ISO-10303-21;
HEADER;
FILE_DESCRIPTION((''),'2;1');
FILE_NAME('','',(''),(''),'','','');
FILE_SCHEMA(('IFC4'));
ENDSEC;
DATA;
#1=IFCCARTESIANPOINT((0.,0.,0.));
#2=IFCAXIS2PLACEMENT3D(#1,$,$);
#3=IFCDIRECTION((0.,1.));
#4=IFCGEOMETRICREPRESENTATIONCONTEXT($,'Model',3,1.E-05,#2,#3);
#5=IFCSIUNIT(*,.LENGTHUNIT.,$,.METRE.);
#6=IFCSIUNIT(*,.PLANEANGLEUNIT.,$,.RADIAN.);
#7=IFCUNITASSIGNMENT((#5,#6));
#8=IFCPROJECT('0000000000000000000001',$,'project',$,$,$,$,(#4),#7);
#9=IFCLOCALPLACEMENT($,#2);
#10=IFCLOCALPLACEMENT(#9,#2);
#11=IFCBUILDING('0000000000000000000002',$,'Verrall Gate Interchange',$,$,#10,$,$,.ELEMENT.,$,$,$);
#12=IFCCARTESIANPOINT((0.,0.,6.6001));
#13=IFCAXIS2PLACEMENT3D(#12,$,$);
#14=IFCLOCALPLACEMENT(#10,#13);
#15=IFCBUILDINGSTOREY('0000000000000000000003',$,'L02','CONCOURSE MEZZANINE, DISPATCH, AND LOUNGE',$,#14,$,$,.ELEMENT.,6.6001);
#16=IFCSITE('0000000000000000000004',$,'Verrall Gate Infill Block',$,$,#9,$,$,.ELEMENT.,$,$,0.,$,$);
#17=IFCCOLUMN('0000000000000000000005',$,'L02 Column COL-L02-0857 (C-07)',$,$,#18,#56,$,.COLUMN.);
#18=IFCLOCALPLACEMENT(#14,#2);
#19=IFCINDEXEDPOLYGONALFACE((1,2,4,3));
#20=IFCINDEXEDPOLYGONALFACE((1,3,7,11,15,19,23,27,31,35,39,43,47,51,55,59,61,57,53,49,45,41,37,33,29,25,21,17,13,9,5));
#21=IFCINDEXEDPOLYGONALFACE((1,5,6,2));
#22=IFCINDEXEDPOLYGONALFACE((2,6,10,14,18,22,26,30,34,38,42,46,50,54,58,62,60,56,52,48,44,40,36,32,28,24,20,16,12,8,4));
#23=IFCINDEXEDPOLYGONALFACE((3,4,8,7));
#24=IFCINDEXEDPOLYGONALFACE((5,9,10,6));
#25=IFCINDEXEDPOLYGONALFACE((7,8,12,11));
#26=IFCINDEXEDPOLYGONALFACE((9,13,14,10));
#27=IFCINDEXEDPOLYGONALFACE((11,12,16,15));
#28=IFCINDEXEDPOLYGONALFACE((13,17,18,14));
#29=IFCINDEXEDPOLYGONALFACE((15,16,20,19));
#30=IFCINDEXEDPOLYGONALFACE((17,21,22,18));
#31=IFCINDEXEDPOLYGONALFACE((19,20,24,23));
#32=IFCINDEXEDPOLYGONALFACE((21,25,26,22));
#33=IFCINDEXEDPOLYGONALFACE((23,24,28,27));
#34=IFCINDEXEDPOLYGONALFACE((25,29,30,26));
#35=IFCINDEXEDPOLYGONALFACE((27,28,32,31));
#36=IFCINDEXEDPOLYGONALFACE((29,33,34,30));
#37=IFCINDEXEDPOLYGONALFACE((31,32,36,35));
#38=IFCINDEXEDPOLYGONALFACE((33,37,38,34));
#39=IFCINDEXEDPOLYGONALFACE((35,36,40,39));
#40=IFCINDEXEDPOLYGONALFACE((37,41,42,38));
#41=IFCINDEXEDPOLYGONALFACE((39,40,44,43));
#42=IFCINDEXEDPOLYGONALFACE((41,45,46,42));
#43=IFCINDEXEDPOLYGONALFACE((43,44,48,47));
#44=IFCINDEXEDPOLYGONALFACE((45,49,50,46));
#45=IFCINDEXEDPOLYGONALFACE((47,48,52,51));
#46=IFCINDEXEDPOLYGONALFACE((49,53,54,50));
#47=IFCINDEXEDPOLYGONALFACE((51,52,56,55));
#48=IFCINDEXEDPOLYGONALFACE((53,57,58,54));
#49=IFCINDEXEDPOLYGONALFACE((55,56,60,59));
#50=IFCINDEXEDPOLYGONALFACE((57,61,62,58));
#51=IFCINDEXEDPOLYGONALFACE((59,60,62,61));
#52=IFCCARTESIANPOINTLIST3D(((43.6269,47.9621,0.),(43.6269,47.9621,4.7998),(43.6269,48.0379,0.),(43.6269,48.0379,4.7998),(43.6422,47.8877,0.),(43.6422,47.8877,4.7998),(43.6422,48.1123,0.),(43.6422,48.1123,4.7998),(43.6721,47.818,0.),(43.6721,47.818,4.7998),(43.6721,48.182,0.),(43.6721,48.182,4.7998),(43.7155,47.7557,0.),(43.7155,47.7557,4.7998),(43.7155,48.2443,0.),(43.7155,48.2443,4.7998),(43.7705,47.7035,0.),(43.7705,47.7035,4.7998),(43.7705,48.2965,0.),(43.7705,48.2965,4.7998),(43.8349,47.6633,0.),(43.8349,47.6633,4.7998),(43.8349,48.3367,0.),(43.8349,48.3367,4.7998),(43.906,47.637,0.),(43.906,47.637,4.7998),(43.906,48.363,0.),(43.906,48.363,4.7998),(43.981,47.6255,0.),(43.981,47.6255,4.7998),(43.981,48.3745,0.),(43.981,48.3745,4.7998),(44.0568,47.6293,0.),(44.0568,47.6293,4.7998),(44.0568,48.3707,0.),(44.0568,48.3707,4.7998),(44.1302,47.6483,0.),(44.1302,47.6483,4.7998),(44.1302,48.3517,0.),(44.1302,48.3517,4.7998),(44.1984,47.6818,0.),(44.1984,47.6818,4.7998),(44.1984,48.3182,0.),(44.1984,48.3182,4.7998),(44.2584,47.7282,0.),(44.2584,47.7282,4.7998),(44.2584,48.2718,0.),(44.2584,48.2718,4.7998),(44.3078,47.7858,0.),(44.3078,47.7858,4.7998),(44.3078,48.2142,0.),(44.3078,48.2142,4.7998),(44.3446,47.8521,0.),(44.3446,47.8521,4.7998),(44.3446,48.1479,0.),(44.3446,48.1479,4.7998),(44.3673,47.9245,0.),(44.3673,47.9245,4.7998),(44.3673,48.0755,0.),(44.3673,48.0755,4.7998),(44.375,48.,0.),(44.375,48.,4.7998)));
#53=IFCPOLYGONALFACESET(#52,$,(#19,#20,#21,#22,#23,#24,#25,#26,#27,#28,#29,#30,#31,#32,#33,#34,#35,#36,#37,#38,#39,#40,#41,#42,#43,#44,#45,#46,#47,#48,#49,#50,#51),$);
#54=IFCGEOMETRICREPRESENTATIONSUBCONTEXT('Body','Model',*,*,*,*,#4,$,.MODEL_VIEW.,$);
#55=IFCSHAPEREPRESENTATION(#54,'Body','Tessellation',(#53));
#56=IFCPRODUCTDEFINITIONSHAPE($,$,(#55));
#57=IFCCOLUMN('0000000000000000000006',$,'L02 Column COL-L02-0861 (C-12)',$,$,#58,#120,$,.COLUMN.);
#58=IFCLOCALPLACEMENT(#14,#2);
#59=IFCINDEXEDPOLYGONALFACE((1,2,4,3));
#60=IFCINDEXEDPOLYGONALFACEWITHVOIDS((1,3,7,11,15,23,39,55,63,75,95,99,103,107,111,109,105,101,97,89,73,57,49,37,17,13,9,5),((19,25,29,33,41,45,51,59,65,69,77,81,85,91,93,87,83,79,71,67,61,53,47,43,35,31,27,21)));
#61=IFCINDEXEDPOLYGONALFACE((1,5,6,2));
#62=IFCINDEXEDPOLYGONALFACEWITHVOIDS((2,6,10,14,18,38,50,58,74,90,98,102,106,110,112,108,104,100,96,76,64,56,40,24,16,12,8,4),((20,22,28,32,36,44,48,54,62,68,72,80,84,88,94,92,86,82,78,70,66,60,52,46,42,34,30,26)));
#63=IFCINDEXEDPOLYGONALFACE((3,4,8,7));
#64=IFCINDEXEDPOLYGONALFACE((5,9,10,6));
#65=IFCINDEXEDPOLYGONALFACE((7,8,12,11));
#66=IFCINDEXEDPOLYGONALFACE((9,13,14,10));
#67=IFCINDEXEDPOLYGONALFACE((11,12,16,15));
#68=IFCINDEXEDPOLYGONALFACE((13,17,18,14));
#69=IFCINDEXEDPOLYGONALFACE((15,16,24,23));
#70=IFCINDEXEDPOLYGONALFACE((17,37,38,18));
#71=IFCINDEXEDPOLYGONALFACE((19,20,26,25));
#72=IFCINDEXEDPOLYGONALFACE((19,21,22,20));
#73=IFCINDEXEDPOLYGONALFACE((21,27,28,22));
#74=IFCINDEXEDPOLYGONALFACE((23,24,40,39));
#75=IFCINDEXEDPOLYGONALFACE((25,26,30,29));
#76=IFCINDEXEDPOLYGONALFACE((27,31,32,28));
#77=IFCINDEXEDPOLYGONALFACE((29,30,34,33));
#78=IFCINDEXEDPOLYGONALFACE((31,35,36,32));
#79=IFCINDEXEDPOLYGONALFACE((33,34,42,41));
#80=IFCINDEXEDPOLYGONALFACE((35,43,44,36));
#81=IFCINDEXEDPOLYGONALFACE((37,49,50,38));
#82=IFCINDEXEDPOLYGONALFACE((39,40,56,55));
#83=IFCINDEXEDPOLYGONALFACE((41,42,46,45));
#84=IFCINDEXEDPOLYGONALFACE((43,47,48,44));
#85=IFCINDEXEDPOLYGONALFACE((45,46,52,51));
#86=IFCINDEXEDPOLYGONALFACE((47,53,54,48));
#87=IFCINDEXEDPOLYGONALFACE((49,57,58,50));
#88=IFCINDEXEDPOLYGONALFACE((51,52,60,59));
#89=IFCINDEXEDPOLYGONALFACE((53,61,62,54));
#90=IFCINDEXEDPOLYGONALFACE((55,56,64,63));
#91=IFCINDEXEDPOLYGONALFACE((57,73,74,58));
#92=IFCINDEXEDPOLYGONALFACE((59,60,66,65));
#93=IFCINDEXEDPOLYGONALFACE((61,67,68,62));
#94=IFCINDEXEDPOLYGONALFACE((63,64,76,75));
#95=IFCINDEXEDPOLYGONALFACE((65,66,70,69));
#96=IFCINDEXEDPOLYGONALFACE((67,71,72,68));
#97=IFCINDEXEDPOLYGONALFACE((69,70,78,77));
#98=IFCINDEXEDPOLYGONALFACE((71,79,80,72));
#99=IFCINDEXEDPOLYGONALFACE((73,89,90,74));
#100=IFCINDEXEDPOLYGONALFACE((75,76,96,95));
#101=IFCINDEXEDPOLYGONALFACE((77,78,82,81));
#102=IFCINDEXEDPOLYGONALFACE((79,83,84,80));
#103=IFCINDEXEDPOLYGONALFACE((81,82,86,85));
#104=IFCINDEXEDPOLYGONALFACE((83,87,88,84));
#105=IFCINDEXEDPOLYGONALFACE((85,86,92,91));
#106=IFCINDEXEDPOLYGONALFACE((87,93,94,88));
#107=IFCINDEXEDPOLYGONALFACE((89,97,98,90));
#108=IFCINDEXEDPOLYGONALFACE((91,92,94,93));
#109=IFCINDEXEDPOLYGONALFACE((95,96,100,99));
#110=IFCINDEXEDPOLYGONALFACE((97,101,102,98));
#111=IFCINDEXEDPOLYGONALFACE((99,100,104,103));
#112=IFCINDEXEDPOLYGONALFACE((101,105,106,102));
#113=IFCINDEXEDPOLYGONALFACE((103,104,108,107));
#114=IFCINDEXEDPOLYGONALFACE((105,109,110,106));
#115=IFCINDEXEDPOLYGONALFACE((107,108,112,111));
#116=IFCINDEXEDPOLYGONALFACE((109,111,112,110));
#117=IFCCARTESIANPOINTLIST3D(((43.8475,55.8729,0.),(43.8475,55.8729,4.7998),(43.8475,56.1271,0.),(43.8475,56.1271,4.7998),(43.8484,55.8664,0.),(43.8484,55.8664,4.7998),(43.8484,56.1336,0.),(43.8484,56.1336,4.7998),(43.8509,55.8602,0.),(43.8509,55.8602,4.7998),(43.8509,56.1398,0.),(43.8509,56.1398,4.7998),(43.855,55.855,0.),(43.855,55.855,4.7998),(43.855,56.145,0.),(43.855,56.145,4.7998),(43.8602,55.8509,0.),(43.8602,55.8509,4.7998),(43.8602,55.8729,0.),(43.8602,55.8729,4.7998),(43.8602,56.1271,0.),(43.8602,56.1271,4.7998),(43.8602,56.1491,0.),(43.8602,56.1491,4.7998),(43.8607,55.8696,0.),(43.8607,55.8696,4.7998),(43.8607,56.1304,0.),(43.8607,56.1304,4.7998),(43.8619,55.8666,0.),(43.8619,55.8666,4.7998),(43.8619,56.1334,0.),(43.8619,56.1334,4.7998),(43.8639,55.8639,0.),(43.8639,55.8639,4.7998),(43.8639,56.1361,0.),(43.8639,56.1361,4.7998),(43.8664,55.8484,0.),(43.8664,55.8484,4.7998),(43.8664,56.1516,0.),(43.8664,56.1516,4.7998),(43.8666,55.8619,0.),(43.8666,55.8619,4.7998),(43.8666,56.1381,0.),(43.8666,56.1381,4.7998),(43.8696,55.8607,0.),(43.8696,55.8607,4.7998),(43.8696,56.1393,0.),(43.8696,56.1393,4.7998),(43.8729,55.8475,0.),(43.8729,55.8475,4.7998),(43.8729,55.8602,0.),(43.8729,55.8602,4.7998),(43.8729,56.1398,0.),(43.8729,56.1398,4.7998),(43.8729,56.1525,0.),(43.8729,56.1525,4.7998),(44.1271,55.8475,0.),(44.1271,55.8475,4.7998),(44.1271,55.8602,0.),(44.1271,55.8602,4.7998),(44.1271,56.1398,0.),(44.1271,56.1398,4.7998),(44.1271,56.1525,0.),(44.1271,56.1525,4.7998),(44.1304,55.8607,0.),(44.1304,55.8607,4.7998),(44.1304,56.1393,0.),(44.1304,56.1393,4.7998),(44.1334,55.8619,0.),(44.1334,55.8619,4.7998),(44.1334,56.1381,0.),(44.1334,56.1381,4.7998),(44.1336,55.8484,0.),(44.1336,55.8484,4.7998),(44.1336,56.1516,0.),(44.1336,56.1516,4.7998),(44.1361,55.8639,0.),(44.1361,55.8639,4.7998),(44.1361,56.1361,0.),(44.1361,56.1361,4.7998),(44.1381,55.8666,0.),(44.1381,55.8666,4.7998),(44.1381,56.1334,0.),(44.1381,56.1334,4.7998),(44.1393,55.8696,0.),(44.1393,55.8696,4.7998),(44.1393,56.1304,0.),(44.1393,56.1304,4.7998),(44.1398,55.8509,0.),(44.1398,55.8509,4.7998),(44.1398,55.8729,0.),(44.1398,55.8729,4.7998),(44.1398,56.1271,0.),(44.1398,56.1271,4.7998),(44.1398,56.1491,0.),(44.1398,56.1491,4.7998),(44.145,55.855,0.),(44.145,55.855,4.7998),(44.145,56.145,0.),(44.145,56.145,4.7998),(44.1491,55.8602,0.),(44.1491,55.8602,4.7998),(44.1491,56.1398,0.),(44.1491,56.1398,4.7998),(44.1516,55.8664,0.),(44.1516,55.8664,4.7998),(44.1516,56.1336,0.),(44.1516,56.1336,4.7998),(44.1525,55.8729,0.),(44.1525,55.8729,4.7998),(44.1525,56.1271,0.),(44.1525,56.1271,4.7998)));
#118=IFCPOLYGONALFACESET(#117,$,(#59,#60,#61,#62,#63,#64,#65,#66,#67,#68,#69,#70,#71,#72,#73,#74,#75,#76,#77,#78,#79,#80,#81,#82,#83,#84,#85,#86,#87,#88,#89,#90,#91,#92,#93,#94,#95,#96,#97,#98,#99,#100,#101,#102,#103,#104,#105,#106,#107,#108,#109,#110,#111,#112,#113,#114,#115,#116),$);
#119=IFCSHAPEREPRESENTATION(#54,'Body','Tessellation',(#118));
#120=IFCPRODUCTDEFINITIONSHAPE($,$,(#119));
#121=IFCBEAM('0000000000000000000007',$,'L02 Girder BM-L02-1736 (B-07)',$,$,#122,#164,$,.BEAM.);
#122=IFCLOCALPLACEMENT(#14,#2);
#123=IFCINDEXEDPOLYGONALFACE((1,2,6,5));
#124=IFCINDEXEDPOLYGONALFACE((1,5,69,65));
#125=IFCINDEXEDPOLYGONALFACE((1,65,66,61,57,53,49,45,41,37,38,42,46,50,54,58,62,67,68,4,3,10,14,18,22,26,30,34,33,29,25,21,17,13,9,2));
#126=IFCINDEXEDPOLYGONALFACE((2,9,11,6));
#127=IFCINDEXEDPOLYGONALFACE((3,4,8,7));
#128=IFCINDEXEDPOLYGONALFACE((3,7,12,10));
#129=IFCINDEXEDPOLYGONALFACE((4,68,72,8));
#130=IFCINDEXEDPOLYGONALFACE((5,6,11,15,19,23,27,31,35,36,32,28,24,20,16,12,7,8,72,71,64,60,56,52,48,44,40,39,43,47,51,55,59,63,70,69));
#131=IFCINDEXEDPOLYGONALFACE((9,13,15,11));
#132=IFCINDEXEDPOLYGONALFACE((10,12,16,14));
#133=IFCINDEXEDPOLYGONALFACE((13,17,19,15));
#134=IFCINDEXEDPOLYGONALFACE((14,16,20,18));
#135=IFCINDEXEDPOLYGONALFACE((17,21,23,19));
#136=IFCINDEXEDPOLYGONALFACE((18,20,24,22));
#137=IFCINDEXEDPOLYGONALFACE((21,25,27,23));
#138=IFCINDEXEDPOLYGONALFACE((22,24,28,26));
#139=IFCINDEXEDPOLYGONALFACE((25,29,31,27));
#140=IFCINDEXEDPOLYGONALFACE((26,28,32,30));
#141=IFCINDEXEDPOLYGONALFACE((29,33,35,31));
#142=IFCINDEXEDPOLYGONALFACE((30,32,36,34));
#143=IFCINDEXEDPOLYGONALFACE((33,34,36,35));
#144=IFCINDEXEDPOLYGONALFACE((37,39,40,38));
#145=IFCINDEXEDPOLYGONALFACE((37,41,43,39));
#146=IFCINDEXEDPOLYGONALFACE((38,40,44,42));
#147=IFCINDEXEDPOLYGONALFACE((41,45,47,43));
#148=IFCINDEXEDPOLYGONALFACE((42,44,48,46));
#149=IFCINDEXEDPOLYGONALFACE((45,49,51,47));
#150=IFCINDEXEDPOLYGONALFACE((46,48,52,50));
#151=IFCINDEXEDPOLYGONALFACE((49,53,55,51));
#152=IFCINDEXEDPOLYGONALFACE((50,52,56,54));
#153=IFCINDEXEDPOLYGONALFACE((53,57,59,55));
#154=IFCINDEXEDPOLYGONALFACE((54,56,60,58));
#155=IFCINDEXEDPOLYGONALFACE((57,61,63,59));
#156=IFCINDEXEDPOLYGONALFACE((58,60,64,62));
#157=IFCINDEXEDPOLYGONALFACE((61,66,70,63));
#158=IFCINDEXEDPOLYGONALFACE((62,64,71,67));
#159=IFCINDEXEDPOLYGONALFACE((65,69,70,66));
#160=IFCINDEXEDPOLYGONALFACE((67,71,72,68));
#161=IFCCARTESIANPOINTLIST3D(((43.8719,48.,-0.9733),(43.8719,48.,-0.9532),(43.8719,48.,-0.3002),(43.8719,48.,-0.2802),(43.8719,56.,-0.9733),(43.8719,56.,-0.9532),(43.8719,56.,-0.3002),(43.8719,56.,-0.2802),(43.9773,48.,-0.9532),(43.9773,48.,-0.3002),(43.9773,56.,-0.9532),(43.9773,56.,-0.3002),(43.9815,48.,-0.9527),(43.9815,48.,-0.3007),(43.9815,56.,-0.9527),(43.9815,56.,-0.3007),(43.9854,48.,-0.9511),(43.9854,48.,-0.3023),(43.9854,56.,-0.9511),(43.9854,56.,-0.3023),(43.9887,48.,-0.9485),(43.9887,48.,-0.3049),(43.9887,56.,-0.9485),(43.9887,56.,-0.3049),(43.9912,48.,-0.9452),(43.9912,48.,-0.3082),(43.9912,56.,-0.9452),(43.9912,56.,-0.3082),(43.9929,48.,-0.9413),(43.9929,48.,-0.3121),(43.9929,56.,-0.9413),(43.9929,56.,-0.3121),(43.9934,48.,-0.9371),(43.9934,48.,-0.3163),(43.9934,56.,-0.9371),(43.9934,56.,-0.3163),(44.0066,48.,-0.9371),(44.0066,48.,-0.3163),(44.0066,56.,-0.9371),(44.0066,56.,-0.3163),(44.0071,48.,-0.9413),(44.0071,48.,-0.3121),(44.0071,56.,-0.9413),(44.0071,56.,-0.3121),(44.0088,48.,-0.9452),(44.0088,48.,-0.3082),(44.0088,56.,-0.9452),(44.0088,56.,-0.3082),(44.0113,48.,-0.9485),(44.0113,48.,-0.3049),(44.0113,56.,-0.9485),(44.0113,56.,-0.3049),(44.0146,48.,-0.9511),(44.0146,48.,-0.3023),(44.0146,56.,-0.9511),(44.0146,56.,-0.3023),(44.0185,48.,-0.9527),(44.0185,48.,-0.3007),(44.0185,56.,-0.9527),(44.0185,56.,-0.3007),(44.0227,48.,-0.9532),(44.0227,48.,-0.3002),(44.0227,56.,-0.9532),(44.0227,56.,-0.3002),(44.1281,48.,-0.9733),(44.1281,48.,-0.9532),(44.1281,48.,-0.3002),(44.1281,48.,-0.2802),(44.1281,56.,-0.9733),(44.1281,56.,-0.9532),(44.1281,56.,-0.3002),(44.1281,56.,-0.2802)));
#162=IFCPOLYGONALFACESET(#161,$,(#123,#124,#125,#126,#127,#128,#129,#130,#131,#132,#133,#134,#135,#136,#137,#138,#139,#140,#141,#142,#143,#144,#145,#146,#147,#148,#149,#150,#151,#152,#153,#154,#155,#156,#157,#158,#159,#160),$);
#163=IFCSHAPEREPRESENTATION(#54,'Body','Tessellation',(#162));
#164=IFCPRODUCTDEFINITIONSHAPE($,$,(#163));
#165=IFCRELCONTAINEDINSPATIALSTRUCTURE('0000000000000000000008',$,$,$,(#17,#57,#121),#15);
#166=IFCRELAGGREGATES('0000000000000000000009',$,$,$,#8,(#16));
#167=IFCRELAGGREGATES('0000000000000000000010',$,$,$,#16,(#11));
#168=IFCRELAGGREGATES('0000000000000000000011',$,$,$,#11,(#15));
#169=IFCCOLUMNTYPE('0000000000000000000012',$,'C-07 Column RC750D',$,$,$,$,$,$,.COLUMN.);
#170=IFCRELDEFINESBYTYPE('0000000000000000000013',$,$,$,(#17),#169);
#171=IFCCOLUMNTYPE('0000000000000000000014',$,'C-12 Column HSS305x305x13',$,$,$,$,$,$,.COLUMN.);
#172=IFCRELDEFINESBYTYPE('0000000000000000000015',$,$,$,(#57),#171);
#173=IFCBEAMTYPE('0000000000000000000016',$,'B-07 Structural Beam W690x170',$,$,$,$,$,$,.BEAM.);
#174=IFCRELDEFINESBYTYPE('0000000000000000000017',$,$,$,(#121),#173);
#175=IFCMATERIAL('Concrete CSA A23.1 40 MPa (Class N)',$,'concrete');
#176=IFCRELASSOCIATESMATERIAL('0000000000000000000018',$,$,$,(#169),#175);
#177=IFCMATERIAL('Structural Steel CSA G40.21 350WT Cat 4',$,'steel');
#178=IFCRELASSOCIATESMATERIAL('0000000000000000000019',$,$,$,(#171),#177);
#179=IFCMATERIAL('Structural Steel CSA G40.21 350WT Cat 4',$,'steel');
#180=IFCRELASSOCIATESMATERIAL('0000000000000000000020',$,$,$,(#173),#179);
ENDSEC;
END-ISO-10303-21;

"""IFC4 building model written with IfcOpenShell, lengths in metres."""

from ifc_helpers import new_model, si_unit, direction, frame, origin, origin_2d, place, context, subcontext, project, spatial, hollow_rectangle, circle, i_section, extrude, material, material_profile, profile_set, type_object, element, save


model = new_model("IFC4")

# Units and contexts
model_context = context("Model", 3, precision=1e-05, world=origin(), true_north=direction((0.0, 1.0)))
body_context = subcontext(model_context, "Body", "Model", "MODEL_VIEW")
ifc_project = project(units=[si_unit("LENGTHUNIT", "METRE"), si_unit("PLANEANGLEUNIT", "RADIAN")], contexts=[model_context])

# Site, building, storey
site_placement = place(None, origin())
site = spatial("IfcSite", under=ifc_project, at=site_placement, Name="Verrall Gate Infill Block", CompositionType="ELEMENT", RefElevation=0.0)
building_placement = place(site_placement, origin())
building = spatial("IfcBuilding", under=site, at=building_placement, Name="Verrall Gate Interchange", CompositionType="ELEMENT")
storey_placement = place(building_placement, frame((0.0, 0.0, 6.6001)))
storey = spatial("IfcBuildingStorey", under=building, at=storey_placement, Name="L02", Description="CONCOURSE MEZZANINE, DISPATCH, AND LOUNGE", CompositionType="ELEMENT", Elevation=6.6001)

# Columns
ifc_material_1 = material(Name="Concrete CSA A23.1 40 MPa (Class N)", Category="concrete")
ifc_material_profile_1 = material_profile(ifc_material_1, circle(Radius=0.375, at=origin_2d()), Name="RC750D")
ifc_profile_set_1 = profile_set([ifc_material_profile_1], Name="Concrete CSA A23.1 40 MPa (Class N)")
column_type_1 = type_object("IfcColumnType", Name="C-07 Column RC750D", PredefinedType="COLUMN", material=ifc_profile_set_1)
column_1_placement = place(storey_placement, frame((44.0, 48.0, 0.0), z_axis=(0.0, 0.0, 1.0), x_axis=(1.0, 0.0, 0.0)))
element("IfcColumn", 1, at=column_1_placement, inside=storey, type_object=column_type_1, Name="L02 Column COL-L02-0857 (C-07)", PredefinedType="COLUMN", context=body_context, shape_type="SweptSolid", body=[
    extrude(circle(Radius=0.375, at=origin_2d()), origin(), (0.0, 0.0, 1.0), 4.7998),
])
ifc_material_2 = material(Name="Structural Steel CSA G40.21 350WT Cat 4", Category="steel")
ifc_material_profile_2 = material_profile(ifc_material_2, hollow_rectangle(XDim=0.3049, YDim=0.3049, WallThickness=0.0127, InnerFilletRadius=0.0127, OuterFilletRadius=0.0254, at=origin_2d()), Name="HSS305x305x13")
ifc_profile_set_2 = profile_set([ifc_material_profile_2], Name="Structural Steel CSA G40.21 350WT Cat 4")
column_type_2 = type_object("IfcColumnType", Name="C-12 Column HSS305x305x13", PredefinedType="COLUMN", material=ifc_profile_set_2)
column_2_placement = place(storey_placement, frame((44.0, 56.0, 0.0), z_axis=(0.0, 0.0, 1.0), x_axis=(1.0, 0.0, 0.0)))
element("IfcColumn", 2, at=column_2_placement, inside=storey, type_object=column_type_2, Name="L02 Column COL-L02-0861 (C-12)", PredefinedType="COLUMN", context=body_context, shape_type="SweptSolid", body=[
    extrude(hollow_rectangle(XDim=0.3049, YDim=0.3049, WallThickness=0.0127, InnerFilletRadius=0.0127, OuterFilletRadius=0.0254, at=origin_2d()), origin(), (0.0, 0.0, 1.0), 4.7998),
])

# Beam
ifc_material_3 = material(Name="Structural Steel CSA G40.21 350WT Cat 4", Category="steel")
ifc_material_profile_3 = material_profile(ifc_material_3, i_section(OverallWidth=0.2561, OverallDepth=0.6931, WebThickness=0.0132, FlangeThickness=0.02, FilletRadius=0.0161, at=origin_2d()), Name="W690x170")
ifc_profile_set_3 = profile_set([ifc_material_profile_3], Name="Structural Steel CSA G40.21 350WT Cat 4")
beam_type_1 = type_object("IfcBeamType", Name="B-07 Structural Beam W690x170", PredefinedType="BEAM", material=ifc_profile_set_3)
beam_1_placement = place(storey_placement, frame((44.0, 48.0, -0.6267), z_axis=(0.0, 1.0, 0.0), x_axis=(-1.0, 0.0, 0.0)))
element("IfcBeam", 3, at=beam_1_placement, inside=storey, type_object=beam_type_1, Name="L02 Girder BM-L02-1736 (B-07)", PredefinedType="BEAM", context=body_context, shape_type="SweptSolid", body=[
    extrude(i_section(OverallWidth=0.2561, OverallDepth=0.6931, WebThickness=0.0132, FlangeThickness=0.02, FilletRadius=0.0161, at=origin_2d()), origin(), (0.0, 0.0, 1.0), 8.0),
])

save(model, "model.ifc")
